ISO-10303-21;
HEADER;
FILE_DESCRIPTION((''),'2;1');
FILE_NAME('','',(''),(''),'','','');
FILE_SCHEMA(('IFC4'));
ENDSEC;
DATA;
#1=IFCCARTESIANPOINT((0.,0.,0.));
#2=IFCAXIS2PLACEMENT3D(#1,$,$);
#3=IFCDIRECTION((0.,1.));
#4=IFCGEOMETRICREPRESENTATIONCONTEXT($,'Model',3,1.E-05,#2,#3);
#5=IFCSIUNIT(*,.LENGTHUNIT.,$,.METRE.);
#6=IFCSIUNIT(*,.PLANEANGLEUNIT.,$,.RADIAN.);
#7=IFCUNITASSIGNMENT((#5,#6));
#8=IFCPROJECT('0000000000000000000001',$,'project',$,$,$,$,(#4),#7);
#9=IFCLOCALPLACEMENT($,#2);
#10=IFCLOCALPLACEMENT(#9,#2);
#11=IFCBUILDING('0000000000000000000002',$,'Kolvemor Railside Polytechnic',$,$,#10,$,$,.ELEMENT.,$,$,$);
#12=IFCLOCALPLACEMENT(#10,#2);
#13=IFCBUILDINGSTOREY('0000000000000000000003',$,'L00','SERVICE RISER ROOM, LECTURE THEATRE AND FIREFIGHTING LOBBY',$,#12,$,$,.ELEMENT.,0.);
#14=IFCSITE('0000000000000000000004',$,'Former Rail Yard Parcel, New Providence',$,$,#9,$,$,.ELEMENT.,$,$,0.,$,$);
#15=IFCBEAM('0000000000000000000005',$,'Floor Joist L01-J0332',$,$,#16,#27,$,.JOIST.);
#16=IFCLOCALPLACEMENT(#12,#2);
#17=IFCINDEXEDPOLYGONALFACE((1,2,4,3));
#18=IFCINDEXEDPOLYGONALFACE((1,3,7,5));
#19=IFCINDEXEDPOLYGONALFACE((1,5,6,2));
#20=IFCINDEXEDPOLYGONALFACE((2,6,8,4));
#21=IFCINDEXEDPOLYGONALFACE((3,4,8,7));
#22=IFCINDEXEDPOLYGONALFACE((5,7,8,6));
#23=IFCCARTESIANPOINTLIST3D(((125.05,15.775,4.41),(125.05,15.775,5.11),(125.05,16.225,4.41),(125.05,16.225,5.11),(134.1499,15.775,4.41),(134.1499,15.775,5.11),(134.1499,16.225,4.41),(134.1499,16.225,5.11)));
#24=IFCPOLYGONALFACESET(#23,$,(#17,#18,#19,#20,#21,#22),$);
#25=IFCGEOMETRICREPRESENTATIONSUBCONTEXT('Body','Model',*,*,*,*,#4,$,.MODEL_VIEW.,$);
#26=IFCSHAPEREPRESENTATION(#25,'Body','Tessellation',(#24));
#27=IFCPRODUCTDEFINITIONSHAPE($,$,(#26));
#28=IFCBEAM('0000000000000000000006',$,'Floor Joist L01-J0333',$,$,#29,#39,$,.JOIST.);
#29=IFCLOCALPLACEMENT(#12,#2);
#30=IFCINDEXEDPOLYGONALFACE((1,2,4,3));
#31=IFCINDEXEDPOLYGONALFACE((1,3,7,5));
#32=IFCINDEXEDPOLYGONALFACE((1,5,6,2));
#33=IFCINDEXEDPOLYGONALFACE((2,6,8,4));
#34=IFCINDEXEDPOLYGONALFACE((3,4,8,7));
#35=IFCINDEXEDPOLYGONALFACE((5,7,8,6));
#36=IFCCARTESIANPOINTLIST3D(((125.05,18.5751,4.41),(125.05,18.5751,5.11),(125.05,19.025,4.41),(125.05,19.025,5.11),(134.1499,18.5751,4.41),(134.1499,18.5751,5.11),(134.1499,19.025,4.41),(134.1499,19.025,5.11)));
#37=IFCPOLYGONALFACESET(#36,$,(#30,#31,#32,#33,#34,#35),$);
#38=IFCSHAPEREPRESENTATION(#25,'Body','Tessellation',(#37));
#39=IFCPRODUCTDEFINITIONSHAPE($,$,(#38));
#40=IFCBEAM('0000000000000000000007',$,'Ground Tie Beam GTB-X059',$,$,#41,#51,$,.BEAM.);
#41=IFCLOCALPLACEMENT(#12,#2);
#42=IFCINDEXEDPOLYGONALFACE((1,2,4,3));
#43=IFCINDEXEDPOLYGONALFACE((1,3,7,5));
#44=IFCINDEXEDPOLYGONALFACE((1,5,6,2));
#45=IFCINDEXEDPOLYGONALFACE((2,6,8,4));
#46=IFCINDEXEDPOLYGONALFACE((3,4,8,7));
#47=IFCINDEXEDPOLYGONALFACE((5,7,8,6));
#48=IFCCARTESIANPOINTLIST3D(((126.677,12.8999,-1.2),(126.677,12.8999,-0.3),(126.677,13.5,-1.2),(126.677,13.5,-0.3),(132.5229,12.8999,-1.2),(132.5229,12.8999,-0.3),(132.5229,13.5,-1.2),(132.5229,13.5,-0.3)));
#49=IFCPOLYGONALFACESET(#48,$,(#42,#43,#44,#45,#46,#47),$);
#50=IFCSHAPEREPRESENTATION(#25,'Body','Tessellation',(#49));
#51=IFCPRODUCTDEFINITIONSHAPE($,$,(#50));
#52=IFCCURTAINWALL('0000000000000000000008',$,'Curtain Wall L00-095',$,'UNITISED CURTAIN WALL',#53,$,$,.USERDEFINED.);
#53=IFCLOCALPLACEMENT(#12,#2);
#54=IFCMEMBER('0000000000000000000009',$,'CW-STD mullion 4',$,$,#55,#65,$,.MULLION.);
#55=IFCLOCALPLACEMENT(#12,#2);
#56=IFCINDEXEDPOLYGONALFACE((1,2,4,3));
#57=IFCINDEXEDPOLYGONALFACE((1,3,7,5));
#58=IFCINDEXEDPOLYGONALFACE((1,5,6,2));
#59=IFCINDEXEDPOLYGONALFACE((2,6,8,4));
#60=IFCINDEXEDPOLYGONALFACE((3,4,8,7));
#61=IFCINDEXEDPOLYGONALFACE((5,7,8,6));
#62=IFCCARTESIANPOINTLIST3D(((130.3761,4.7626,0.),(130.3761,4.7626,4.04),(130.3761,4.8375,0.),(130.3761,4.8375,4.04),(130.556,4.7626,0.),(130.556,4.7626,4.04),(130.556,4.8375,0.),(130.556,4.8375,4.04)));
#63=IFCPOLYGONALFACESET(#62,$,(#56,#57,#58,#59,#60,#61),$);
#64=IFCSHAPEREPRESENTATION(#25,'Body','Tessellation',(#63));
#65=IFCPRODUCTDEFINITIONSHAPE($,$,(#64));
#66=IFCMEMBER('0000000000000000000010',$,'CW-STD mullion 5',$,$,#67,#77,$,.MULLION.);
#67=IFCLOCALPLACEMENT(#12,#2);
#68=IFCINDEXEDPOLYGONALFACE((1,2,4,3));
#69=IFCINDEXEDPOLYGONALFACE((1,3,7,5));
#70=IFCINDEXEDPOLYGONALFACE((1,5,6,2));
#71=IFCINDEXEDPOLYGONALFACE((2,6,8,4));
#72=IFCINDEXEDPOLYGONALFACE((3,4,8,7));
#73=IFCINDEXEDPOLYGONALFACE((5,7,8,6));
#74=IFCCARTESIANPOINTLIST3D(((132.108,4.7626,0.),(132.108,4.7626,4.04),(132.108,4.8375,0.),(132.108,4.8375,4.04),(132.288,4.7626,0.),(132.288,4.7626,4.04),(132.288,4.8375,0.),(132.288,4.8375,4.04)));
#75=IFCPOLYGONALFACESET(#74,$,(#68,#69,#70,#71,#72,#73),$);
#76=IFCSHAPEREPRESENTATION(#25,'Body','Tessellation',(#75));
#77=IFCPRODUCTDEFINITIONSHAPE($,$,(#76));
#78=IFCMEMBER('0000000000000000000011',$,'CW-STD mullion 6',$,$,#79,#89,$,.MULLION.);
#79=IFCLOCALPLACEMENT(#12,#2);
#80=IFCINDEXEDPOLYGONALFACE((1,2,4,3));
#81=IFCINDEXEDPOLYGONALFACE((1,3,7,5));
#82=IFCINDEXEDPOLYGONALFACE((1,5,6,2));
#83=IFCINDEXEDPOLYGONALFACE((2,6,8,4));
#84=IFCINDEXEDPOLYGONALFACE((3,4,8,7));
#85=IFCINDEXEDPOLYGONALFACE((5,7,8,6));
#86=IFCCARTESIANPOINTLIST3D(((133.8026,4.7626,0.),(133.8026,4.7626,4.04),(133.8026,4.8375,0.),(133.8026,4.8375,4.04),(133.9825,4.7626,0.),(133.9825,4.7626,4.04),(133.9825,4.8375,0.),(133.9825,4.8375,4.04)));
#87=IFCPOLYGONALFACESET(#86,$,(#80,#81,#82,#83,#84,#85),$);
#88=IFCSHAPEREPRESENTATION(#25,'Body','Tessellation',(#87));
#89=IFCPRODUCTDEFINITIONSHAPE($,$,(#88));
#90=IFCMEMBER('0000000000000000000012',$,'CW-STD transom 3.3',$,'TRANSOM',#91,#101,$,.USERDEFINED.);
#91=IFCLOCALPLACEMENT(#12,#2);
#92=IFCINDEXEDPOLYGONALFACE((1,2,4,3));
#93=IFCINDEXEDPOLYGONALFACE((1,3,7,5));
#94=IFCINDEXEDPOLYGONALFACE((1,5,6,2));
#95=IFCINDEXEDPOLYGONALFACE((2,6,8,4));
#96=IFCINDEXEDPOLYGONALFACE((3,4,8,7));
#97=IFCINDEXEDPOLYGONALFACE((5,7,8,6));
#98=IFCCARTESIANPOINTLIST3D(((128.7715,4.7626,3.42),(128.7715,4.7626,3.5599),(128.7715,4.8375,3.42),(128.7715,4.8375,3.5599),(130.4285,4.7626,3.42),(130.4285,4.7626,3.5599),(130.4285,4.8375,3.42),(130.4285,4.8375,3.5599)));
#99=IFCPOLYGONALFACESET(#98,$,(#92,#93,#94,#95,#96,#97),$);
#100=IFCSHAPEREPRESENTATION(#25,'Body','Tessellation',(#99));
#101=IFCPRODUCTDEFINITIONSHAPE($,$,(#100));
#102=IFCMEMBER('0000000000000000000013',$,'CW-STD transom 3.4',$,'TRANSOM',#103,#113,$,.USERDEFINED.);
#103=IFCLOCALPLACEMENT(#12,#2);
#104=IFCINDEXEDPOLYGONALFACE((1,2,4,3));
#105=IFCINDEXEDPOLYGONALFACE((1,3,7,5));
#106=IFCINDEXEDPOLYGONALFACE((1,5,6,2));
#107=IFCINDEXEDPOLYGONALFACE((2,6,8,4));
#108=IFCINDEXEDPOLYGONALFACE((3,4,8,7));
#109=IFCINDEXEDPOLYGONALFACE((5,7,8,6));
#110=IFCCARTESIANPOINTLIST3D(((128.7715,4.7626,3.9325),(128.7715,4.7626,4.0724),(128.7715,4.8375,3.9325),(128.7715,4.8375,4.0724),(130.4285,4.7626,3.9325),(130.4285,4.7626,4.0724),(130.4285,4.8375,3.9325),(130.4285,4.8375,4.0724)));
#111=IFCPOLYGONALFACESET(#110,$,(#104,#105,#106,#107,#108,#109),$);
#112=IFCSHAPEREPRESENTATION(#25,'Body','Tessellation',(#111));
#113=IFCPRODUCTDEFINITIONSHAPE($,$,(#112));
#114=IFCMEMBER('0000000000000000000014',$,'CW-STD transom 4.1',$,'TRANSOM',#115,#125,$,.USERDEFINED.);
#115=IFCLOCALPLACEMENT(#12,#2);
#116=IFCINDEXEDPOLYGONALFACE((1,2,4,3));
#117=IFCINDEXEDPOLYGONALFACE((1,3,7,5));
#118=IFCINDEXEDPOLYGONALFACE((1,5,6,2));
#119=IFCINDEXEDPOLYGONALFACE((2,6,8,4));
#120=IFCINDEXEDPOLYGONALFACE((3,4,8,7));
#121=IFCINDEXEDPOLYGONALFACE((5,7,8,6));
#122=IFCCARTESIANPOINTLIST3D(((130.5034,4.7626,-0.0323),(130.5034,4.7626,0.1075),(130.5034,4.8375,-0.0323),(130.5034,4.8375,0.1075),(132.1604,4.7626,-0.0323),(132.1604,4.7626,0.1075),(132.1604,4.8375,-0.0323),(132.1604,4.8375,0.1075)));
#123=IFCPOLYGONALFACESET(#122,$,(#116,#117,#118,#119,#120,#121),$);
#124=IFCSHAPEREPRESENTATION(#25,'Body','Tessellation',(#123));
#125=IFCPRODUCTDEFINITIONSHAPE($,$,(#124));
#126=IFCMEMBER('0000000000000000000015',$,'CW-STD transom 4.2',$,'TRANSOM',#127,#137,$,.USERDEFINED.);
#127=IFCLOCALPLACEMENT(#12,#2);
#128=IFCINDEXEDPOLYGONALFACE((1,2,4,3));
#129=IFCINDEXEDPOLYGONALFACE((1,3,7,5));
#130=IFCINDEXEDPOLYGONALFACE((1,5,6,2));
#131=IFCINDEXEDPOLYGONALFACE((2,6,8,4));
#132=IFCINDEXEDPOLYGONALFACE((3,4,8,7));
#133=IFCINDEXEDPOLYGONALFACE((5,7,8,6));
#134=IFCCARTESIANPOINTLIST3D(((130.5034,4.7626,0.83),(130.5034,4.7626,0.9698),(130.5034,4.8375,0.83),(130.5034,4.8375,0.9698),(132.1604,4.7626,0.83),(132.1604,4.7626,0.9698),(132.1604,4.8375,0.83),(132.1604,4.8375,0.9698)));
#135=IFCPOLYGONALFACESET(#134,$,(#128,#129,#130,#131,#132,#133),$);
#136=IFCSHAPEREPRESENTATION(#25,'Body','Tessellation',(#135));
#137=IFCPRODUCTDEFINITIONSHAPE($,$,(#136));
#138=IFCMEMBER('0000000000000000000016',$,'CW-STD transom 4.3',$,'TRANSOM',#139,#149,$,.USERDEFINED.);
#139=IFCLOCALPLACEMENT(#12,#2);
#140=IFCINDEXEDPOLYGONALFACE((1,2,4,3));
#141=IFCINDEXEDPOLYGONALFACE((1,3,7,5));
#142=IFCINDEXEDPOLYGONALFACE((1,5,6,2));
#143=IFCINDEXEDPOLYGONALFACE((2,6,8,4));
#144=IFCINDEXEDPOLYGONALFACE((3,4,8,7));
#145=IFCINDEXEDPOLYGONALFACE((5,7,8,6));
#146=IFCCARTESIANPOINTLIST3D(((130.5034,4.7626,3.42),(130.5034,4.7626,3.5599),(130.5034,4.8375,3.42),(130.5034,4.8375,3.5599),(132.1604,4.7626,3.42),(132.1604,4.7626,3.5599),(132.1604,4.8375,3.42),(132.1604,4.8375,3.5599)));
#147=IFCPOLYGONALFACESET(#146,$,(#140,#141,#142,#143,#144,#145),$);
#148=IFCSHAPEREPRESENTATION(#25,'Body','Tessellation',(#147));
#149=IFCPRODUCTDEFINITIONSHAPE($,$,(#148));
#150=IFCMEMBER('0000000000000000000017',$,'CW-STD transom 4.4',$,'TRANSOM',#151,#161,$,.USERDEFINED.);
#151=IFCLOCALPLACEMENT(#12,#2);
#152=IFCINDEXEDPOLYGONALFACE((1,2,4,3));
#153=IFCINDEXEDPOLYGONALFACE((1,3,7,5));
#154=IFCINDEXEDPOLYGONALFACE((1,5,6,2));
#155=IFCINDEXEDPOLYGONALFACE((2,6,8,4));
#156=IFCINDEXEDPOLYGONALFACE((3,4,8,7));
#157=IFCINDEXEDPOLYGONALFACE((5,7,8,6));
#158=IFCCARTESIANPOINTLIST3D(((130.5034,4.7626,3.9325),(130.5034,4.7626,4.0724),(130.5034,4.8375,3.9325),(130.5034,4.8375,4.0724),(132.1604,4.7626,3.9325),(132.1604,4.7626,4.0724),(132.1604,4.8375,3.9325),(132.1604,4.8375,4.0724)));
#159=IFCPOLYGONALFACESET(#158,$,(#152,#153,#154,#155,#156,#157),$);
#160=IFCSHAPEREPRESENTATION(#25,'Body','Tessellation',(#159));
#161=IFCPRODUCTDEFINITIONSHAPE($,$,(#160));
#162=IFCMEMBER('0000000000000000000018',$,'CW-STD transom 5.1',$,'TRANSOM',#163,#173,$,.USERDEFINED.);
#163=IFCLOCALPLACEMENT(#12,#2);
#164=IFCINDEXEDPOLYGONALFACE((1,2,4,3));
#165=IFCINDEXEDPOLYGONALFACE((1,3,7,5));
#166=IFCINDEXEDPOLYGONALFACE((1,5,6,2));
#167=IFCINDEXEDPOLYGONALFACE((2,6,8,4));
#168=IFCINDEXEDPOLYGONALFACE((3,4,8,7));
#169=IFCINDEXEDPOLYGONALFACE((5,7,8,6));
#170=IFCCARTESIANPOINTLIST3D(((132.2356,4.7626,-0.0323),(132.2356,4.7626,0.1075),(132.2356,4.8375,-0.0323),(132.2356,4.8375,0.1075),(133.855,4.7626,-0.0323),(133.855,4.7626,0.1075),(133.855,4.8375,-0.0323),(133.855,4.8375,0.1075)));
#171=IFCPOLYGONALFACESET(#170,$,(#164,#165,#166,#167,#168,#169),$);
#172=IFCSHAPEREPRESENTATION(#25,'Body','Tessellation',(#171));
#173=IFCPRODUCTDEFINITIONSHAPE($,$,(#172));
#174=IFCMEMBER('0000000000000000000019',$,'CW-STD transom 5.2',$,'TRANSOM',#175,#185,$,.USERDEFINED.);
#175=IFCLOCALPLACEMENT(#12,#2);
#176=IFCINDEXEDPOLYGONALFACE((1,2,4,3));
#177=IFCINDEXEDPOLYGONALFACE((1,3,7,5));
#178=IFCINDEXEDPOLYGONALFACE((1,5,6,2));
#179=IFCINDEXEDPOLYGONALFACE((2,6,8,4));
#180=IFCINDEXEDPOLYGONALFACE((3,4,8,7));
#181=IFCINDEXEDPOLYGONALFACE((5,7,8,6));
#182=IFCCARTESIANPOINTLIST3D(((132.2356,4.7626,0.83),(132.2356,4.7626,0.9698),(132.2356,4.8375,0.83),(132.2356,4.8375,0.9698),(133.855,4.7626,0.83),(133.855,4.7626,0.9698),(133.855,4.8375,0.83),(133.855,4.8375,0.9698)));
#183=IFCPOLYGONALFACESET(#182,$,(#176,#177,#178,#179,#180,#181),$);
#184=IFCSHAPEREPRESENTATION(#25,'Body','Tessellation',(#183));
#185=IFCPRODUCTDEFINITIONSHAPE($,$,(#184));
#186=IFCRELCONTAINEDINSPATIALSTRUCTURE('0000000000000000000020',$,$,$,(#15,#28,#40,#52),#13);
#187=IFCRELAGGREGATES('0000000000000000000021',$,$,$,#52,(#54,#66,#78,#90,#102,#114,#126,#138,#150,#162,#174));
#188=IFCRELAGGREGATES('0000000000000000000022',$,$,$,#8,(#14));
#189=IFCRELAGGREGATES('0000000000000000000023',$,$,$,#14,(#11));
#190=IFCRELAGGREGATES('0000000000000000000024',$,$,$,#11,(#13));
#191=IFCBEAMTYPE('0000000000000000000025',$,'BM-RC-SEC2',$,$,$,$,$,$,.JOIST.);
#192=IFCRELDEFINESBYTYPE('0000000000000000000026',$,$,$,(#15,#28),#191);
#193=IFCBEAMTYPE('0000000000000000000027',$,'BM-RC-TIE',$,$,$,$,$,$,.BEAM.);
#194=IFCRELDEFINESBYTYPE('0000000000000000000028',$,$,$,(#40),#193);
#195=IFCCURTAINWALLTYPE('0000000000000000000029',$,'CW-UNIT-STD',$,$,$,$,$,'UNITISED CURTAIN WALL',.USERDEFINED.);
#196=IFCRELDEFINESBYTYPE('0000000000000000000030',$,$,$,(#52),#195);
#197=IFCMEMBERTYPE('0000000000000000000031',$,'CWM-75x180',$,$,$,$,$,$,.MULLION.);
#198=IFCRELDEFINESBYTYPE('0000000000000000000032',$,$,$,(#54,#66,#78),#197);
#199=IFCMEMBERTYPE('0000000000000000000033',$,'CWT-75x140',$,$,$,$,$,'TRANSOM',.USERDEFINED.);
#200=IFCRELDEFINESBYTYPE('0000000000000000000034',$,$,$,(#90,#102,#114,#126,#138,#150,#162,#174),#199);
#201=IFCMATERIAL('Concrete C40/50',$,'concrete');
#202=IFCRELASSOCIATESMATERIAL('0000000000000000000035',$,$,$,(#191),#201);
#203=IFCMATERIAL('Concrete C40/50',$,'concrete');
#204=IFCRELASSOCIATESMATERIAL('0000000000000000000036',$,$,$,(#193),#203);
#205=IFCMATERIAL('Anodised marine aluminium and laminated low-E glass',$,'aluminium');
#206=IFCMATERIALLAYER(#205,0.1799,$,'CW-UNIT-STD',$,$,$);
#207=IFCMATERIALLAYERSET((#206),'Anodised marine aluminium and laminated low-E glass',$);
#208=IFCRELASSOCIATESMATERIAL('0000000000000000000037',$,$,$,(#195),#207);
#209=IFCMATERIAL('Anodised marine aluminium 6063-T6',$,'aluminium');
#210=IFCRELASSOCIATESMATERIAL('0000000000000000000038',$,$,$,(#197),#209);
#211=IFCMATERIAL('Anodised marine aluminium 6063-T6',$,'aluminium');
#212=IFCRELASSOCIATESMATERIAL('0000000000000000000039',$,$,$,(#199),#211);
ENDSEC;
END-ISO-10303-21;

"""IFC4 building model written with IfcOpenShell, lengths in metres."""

from ifc_helpers import new_model, si_unit, direction, frame, origin, origin_2d, place, context, subcontext, project, spatial, rectangle, extrude, material, layer, layer_set, material_profile, profile_set, type_object, element, aggregate, save


model = new_model("IFC4")

# Units and contexts
model_context = context("Model", 3, precision=1e-05, world=origin(), true_north=direction((0.0, 1.0)))
body_context = subcontext(model_context, "Body", "Model", "MODEL_VIEW")
ifc_project = project(units=[si_unit("LENGTHUNIT", "METRE"), si_unit("PLANEANGLEUNIT", "RADIAN")], contexts=[model_context])

# Site, building, storey
site_placement = place(None, origin())
site = spatial("IfcSite", under=ifc_project, at=site_placement, Name="Former Rail Yard Parcel, New Providence", CompositionType="ELEMENT", RefElevation=0.0)
building_placement = place(site_placement, origin())
building = spatial("IfcBuilding", under=site, at=building_placement, Name="Kolvemor Railside Polytechnic", CompositionType="ELEMENT")
storey_placement = place(building_placement, origin())
storey = spatial("IfcBuildingStorey", under=building, at=storey_placement, Name="L00", Description="SERVICE RISER ROOM, LECTURE THEATRE AND FIREFIGHTING LOBBY", CompositionType="ELEMENT", Elevation=0.0)

# Beams
ifc_material_1 = material(Name="Concrete C40/50", Category="concrete")
ifc_material_profile_1 = material_profile(ifc_material_1, rectangle(XDim=0.45, YDim=0.7, at=origin_2d()), Name="RC450x700")
ifc_profile_set_1 = profile_set([ifc_material_profile_1], Name="Concrete C40/50")
beam_type_1 = type_object("IfcBeamType", Name="BM-RC-SEC2", PredefinedType="JOIST", material=ifc_profile_set_1)
for number, where, z_axis, x_axis, name in (
    (1, (125.05, 16.0, 4.76), (1.0, 0.0, 0.0), (0.0, 1.0, 0.0), "Floor Joist L01-J0332"),
    (2, (125.05, 18.8, 4.76), (1.0, 0.0, 0.0), (0.0, 1.0, 0.0), "Floor Joist L01-J0333"),
):
    element("IfcBeam", number, at=place(storey_placement, frame(where, z_axis=z_axis, x_axis=x_axis)), inside=storey, type_object=beam_type_1, Name=name, PredefinedType="JOIST", context=body_context, shape_type="SweptSolid", body=[
        extrude(rectangle(XDim=0.45, YDim=0.7, at=origin_2d()), origin(), (0.0, 0.0, 1.0), 9.0999),
    ])
ifc_material_2 = material(Name="Concrete C40/50", Category="concrete")
ifc_material_profile_2 = material_profile(ifc_material_2, rectangle(XDim=0.6001, YDim=0.8999, at=origin_2d()), Name="RC600x900")
ifc_profile_set_2 = profile_set([ifc_material_profile_2], Name="Concrete C40/50")
beam_type_2 = type_object("IfcBeamType", Name="BM-RC-TIE", PredefinedType="BEAM", material=ifc_profile_set_2)
beam_placement = place(storey_placement, frame((126.677, 13.2, -0.75), z_axis=(1.0, 0.0, 0.0), x_axis=(0.0, 1.0, 0.0)))
element("IfcBeam", 3, at=beam_placement, inside=storey, type_object=beam_type_2, Name="Ground Tie Beam GTB-X059", PredefinedType="BEAM", context=body_context, shape_type="SweptSolid", body=[
    extrude(rectangle(XDim=0.6001, YDim=0.8999, at=origin_2d()), origin(), (0.0, 0.0, 1.0), 5.8459),
])

# Curtain wall, members
ifc_material_3 = material(Name="Anodised marine aluminium and laminated low-E glass", Category="aluminium")
ifc_layer_1 = layer(ifc_material_3, 0.1799, Name="CW-UNIT-STD")
ifc_layer_set_1 = layer_set([ifc_layer_1], Name="Anodised marine aluminium and laminated low-E glass")
curtain_wall_type = type_object("IfcCurtainWallType", Name="CW-UNIT-STD", ElementType="UNITISED CURTAIN WALL", PredefinedType="USERDEFINED", material=ifc_layer_set_1)
curtain_wall_placement = place(storey_placement, origin())
curtain_wall = element("IfcCurtainWall", 4, at=curtain_wall_placement, inside=storey, type_object=curtain_wall_type, Name="Curtain Wall L00-095", ObjectType="UNITISED CURTAIN WALL", PredefinedType="USERDEFINED")
ifc_material_4 = material(Name="Anodised marine aluminium 6063-T6", Category="aluminium")
ifc_material_profile_3 = material_profile(ifc_material_4, rectangle(XDim=0.075, YDim=0.1799, at=origin_2d()), Name="CW-MUL-75x180")
ifc_profile_set_3 = profile_set([ifc_material_profile_3], Name="Anodised marine aluminium 6063-T6")
member_type_1 = type_object("IfcMemberType", Name="CWM-75x180", PredefinedType="MULLION", material=ifc_profile_set_3)
member_1_placement = place(storey_placement, frame((130.4661, 4.8, 0.0), z_axis=(0.0, 0.0, 1.0), x_axis=(0.0, 1.0, 0.0)))
member_1 = element("IfcMember", 5, at=member_1_placement, type_object=member_type_1, Name="CW-STD mullion 4", PredefinedType="MULLION", context=body_context, shape_type="SweptSolid", body=[
    extrude(rectangle(XDim=0.075, YDim=0.1799, at=origin_2d()), origin(), (0.0, 0.0, 1.0), 4.04),
])
member_2_placement = place(storey_placement, frame((132.198, 4.8, 0.0), z_axis=(0.0, 0.0, 1.0), x_axis=(0.0, 1.0, 0.0)))
member_2 = element("IfcMember", 6, at=member_2_placement, type_object=member_type_1, Name="CW-STD mullion 5", PredefinedType="MULLION", context=body_context, shape_type="SweptSolid", body=[
    extrude(rectangle(XDim=0.075, YDim=0.1799, at=origin_2d()), origin(), (0.0, 0.0, 1.0), 4.04),
])
member_3_placement = place(storey_placement, frame((133.8926, 4.8, 0.0), z_axis=(0.0, 0.0, 1.0), x_axis=(0.0, 1.0, 0.0)))
member_3 = element("IfcMember", 7, at=member_3_placement, type_object=member_type_1, Name="CW-STD mullion 6", PredefinedType="MULLION", context=body_context, shape_type="SweptSolid", body=[
    extrude(rectangle(XDim=0.075, YDim=0.1799, at=origin_2d()), origin(), (0.0, 0.0, 1.0), 4.04),
])
ifc_material_5 = material(Name="Anodised marine aluminium 6063-T6", Category="aluminium")
ifc_material_profile_4 = material_profile(ifc_material_5, rectangle(XDim=0.075, YDim=0.1399, at=origin_2d()), Name="CW-TRN-75x140")
ifc_profile_set_4 = profile_set([ifc_material_profile_4], Name="Anodised marine aluminium 6063-T6")
member_type_2 = type_object("IfcMemberType", Name="CWT-75x140", ElementType="TRANSOM", PredefinedType="USERDEFINED", material=ifc_profile_set_4)
member_4_placement = place(storey_placement, frame((128.7715, 4.8, 3.49), z_axis=(1.0, 0.0, 0.0), x_axis=(0.0, 1.0, 0.0)))
member_4 = element("IfcMember", 8, at=member_4_placement, type_object=member_type_2, Name="CW-STD transom 3.3", ObjectType="TRANSOM", PredefinedType="USERDEFINED", context=body_context, shape_type="SweptSolid", body=[
    extrude(rectangle(XDim=0.075, YDim=0.1399, at=origin_2d()), origin(), (0.0, 0.0, 1.0), 1.657),
])
member_5_placement = place(storey_placement, frame((128.7715, 4.8, 4.0024), z_axis=(1.0, 0.0, 0.0), x_axis=(0.0, 1.0, 0.0)))
member_5 = element("IfcMember", 9, at=member_5_placement, type_object=member_type_2, Name="CW-STD transom 3.4", ObjectType="TRANSOM", PredefinedType="USERDEFINED", context=body_context, shape_type="SweptSolid", body=[
    extrude(rectangle(XDim=0.075, YDim=0.1399, at=origin_2d()), origin(), (0.0, 0.0, 1.0), 1.657),
])
member_6_placement = place(storey_placement, frame((130.5034, 4.8, 0.0376), z_axis=(1.0, 0.0, 0.0), x_axis=(0.0, 1.0, 0.0)))
member_6 = element("IfcMember", 10, at=member_6_placement, type_object=member_type_2, Name="CW-STD transom 4.1", ObjectType="TRANSOM", PredefinedType="USERDEFINED", context=body_context, shape_type="SweptSolid", body=[
    extrude(rectangle(XDim=0.075, YDim=0.1399, at=origin_2d()), origin(), (0.0, 0.0, 1.0), 1.657),
])
member_7_placement = place(storey_placement, frame((130.5034, 4.8, 0.8999), z_axis=(1.0, 0.0, 0.0), x_axis=(0.0, 1.0, 0.0)))
member_7 = element("IfcMember", 11, at=member_7_placement, type_object=member_type_2, Name="CW-STD transom 4.2", ObjectType="TRANSOM", PredefinedType="USERDEFINED", context=body_context, shape_type="SweptSolid", body=[
    extrude(rectangle(XDim=0.075, YDim=0.1399, at=origin_2d()), origin(), (0.0, 0.0, 1.0), 1.657),
])
member_8_placement = place(storey_placement, frame((130.5034, 4.8, 3.49), z_axis=(1.0, 0.0, 0.0), x_axis=(0.0, 1.0, 0.0)))
member_8 = element("IfcMember", 12, at=member_8_placement, type_object=member_type_2, Name="CW-STD transom 4.3", ObjectType="TRANSOM", PredefinedType="USERDEFINED", context=body_context, shape_type="SweptSolid", body=[
    extrude(rectangle(XDim=0.075, YDim=0.1399, at=origin_2d()), origin(), (0.0, 0.0, 1.0), 1.657),
])
member_9_placement = place(storey_placement, frame((130.5034, 4.8, 4.0024), z_axis=(1.0, 0.0, 0.0), x_axis=(0.0, 1.0, 0.0)))
member_9 = element("IfcMember", 13, at=member_9_placement, type_object=member_type_2, Name="CW-STD transom 4.4", ObjectType="TRANSOM", PredefinedType="USERDEFINED", context=body_context, shape_type="SweptSolid", body=[
    extrude(rectangle(XDim=0.075, YDim=0.1399, at=origin_2d()), origin(), (0.0, 0.0, 1.0), 1.657),
])
member_10_placement = place(storey_placement, frame((132.2356, 4.8, 0.0376), z_axis=(1.0, 0.0, 0.0), x_axis=(0.0, 1.0, 0.0)))
member_10 = element("IfcMember", 14, at=member_10_placement, type_object=member_type_2, Name="CW-STD transom 5.1", ObjectType="TRANSOM", PredefinedType="USERDEFINED", context=body_context, shape_type="SweptSolid", body=[
    extrude(rectangle(XDim=0.075, YDim=0.1399, at=origin_2d()), origin(), (0.0, 0.0, 1.0), 1.6194),
])
member_11_placement = place(storey_placement, frame((132.2356, 4.8, 0.8999), z_axis=(1.0, 0.0, 0.0), x_axis=(0.0, 1.0, 0.0)))
member_11 = element("IfcMember", 15, at=member_11_placement, type_object=member_type_2, Name="CW-STD transom 5.2", ObjectType="TRANSOM", PredefinedType="USERDEFINED", context=body_context, shape_type="SweptSolid", body=[
    extrude(rectangle(XDim=0.075, YDim=0.1399, at=origin_2d()), origin(), (0.0, 0.0, 1.0), 1.6194),
])
aggregate(curtain_wall, [member_1, member_2, member_3, member_4, member_5, member_6, member_7, member_8, member_9, member_10, member_11])

save(model, "model.ifc")
